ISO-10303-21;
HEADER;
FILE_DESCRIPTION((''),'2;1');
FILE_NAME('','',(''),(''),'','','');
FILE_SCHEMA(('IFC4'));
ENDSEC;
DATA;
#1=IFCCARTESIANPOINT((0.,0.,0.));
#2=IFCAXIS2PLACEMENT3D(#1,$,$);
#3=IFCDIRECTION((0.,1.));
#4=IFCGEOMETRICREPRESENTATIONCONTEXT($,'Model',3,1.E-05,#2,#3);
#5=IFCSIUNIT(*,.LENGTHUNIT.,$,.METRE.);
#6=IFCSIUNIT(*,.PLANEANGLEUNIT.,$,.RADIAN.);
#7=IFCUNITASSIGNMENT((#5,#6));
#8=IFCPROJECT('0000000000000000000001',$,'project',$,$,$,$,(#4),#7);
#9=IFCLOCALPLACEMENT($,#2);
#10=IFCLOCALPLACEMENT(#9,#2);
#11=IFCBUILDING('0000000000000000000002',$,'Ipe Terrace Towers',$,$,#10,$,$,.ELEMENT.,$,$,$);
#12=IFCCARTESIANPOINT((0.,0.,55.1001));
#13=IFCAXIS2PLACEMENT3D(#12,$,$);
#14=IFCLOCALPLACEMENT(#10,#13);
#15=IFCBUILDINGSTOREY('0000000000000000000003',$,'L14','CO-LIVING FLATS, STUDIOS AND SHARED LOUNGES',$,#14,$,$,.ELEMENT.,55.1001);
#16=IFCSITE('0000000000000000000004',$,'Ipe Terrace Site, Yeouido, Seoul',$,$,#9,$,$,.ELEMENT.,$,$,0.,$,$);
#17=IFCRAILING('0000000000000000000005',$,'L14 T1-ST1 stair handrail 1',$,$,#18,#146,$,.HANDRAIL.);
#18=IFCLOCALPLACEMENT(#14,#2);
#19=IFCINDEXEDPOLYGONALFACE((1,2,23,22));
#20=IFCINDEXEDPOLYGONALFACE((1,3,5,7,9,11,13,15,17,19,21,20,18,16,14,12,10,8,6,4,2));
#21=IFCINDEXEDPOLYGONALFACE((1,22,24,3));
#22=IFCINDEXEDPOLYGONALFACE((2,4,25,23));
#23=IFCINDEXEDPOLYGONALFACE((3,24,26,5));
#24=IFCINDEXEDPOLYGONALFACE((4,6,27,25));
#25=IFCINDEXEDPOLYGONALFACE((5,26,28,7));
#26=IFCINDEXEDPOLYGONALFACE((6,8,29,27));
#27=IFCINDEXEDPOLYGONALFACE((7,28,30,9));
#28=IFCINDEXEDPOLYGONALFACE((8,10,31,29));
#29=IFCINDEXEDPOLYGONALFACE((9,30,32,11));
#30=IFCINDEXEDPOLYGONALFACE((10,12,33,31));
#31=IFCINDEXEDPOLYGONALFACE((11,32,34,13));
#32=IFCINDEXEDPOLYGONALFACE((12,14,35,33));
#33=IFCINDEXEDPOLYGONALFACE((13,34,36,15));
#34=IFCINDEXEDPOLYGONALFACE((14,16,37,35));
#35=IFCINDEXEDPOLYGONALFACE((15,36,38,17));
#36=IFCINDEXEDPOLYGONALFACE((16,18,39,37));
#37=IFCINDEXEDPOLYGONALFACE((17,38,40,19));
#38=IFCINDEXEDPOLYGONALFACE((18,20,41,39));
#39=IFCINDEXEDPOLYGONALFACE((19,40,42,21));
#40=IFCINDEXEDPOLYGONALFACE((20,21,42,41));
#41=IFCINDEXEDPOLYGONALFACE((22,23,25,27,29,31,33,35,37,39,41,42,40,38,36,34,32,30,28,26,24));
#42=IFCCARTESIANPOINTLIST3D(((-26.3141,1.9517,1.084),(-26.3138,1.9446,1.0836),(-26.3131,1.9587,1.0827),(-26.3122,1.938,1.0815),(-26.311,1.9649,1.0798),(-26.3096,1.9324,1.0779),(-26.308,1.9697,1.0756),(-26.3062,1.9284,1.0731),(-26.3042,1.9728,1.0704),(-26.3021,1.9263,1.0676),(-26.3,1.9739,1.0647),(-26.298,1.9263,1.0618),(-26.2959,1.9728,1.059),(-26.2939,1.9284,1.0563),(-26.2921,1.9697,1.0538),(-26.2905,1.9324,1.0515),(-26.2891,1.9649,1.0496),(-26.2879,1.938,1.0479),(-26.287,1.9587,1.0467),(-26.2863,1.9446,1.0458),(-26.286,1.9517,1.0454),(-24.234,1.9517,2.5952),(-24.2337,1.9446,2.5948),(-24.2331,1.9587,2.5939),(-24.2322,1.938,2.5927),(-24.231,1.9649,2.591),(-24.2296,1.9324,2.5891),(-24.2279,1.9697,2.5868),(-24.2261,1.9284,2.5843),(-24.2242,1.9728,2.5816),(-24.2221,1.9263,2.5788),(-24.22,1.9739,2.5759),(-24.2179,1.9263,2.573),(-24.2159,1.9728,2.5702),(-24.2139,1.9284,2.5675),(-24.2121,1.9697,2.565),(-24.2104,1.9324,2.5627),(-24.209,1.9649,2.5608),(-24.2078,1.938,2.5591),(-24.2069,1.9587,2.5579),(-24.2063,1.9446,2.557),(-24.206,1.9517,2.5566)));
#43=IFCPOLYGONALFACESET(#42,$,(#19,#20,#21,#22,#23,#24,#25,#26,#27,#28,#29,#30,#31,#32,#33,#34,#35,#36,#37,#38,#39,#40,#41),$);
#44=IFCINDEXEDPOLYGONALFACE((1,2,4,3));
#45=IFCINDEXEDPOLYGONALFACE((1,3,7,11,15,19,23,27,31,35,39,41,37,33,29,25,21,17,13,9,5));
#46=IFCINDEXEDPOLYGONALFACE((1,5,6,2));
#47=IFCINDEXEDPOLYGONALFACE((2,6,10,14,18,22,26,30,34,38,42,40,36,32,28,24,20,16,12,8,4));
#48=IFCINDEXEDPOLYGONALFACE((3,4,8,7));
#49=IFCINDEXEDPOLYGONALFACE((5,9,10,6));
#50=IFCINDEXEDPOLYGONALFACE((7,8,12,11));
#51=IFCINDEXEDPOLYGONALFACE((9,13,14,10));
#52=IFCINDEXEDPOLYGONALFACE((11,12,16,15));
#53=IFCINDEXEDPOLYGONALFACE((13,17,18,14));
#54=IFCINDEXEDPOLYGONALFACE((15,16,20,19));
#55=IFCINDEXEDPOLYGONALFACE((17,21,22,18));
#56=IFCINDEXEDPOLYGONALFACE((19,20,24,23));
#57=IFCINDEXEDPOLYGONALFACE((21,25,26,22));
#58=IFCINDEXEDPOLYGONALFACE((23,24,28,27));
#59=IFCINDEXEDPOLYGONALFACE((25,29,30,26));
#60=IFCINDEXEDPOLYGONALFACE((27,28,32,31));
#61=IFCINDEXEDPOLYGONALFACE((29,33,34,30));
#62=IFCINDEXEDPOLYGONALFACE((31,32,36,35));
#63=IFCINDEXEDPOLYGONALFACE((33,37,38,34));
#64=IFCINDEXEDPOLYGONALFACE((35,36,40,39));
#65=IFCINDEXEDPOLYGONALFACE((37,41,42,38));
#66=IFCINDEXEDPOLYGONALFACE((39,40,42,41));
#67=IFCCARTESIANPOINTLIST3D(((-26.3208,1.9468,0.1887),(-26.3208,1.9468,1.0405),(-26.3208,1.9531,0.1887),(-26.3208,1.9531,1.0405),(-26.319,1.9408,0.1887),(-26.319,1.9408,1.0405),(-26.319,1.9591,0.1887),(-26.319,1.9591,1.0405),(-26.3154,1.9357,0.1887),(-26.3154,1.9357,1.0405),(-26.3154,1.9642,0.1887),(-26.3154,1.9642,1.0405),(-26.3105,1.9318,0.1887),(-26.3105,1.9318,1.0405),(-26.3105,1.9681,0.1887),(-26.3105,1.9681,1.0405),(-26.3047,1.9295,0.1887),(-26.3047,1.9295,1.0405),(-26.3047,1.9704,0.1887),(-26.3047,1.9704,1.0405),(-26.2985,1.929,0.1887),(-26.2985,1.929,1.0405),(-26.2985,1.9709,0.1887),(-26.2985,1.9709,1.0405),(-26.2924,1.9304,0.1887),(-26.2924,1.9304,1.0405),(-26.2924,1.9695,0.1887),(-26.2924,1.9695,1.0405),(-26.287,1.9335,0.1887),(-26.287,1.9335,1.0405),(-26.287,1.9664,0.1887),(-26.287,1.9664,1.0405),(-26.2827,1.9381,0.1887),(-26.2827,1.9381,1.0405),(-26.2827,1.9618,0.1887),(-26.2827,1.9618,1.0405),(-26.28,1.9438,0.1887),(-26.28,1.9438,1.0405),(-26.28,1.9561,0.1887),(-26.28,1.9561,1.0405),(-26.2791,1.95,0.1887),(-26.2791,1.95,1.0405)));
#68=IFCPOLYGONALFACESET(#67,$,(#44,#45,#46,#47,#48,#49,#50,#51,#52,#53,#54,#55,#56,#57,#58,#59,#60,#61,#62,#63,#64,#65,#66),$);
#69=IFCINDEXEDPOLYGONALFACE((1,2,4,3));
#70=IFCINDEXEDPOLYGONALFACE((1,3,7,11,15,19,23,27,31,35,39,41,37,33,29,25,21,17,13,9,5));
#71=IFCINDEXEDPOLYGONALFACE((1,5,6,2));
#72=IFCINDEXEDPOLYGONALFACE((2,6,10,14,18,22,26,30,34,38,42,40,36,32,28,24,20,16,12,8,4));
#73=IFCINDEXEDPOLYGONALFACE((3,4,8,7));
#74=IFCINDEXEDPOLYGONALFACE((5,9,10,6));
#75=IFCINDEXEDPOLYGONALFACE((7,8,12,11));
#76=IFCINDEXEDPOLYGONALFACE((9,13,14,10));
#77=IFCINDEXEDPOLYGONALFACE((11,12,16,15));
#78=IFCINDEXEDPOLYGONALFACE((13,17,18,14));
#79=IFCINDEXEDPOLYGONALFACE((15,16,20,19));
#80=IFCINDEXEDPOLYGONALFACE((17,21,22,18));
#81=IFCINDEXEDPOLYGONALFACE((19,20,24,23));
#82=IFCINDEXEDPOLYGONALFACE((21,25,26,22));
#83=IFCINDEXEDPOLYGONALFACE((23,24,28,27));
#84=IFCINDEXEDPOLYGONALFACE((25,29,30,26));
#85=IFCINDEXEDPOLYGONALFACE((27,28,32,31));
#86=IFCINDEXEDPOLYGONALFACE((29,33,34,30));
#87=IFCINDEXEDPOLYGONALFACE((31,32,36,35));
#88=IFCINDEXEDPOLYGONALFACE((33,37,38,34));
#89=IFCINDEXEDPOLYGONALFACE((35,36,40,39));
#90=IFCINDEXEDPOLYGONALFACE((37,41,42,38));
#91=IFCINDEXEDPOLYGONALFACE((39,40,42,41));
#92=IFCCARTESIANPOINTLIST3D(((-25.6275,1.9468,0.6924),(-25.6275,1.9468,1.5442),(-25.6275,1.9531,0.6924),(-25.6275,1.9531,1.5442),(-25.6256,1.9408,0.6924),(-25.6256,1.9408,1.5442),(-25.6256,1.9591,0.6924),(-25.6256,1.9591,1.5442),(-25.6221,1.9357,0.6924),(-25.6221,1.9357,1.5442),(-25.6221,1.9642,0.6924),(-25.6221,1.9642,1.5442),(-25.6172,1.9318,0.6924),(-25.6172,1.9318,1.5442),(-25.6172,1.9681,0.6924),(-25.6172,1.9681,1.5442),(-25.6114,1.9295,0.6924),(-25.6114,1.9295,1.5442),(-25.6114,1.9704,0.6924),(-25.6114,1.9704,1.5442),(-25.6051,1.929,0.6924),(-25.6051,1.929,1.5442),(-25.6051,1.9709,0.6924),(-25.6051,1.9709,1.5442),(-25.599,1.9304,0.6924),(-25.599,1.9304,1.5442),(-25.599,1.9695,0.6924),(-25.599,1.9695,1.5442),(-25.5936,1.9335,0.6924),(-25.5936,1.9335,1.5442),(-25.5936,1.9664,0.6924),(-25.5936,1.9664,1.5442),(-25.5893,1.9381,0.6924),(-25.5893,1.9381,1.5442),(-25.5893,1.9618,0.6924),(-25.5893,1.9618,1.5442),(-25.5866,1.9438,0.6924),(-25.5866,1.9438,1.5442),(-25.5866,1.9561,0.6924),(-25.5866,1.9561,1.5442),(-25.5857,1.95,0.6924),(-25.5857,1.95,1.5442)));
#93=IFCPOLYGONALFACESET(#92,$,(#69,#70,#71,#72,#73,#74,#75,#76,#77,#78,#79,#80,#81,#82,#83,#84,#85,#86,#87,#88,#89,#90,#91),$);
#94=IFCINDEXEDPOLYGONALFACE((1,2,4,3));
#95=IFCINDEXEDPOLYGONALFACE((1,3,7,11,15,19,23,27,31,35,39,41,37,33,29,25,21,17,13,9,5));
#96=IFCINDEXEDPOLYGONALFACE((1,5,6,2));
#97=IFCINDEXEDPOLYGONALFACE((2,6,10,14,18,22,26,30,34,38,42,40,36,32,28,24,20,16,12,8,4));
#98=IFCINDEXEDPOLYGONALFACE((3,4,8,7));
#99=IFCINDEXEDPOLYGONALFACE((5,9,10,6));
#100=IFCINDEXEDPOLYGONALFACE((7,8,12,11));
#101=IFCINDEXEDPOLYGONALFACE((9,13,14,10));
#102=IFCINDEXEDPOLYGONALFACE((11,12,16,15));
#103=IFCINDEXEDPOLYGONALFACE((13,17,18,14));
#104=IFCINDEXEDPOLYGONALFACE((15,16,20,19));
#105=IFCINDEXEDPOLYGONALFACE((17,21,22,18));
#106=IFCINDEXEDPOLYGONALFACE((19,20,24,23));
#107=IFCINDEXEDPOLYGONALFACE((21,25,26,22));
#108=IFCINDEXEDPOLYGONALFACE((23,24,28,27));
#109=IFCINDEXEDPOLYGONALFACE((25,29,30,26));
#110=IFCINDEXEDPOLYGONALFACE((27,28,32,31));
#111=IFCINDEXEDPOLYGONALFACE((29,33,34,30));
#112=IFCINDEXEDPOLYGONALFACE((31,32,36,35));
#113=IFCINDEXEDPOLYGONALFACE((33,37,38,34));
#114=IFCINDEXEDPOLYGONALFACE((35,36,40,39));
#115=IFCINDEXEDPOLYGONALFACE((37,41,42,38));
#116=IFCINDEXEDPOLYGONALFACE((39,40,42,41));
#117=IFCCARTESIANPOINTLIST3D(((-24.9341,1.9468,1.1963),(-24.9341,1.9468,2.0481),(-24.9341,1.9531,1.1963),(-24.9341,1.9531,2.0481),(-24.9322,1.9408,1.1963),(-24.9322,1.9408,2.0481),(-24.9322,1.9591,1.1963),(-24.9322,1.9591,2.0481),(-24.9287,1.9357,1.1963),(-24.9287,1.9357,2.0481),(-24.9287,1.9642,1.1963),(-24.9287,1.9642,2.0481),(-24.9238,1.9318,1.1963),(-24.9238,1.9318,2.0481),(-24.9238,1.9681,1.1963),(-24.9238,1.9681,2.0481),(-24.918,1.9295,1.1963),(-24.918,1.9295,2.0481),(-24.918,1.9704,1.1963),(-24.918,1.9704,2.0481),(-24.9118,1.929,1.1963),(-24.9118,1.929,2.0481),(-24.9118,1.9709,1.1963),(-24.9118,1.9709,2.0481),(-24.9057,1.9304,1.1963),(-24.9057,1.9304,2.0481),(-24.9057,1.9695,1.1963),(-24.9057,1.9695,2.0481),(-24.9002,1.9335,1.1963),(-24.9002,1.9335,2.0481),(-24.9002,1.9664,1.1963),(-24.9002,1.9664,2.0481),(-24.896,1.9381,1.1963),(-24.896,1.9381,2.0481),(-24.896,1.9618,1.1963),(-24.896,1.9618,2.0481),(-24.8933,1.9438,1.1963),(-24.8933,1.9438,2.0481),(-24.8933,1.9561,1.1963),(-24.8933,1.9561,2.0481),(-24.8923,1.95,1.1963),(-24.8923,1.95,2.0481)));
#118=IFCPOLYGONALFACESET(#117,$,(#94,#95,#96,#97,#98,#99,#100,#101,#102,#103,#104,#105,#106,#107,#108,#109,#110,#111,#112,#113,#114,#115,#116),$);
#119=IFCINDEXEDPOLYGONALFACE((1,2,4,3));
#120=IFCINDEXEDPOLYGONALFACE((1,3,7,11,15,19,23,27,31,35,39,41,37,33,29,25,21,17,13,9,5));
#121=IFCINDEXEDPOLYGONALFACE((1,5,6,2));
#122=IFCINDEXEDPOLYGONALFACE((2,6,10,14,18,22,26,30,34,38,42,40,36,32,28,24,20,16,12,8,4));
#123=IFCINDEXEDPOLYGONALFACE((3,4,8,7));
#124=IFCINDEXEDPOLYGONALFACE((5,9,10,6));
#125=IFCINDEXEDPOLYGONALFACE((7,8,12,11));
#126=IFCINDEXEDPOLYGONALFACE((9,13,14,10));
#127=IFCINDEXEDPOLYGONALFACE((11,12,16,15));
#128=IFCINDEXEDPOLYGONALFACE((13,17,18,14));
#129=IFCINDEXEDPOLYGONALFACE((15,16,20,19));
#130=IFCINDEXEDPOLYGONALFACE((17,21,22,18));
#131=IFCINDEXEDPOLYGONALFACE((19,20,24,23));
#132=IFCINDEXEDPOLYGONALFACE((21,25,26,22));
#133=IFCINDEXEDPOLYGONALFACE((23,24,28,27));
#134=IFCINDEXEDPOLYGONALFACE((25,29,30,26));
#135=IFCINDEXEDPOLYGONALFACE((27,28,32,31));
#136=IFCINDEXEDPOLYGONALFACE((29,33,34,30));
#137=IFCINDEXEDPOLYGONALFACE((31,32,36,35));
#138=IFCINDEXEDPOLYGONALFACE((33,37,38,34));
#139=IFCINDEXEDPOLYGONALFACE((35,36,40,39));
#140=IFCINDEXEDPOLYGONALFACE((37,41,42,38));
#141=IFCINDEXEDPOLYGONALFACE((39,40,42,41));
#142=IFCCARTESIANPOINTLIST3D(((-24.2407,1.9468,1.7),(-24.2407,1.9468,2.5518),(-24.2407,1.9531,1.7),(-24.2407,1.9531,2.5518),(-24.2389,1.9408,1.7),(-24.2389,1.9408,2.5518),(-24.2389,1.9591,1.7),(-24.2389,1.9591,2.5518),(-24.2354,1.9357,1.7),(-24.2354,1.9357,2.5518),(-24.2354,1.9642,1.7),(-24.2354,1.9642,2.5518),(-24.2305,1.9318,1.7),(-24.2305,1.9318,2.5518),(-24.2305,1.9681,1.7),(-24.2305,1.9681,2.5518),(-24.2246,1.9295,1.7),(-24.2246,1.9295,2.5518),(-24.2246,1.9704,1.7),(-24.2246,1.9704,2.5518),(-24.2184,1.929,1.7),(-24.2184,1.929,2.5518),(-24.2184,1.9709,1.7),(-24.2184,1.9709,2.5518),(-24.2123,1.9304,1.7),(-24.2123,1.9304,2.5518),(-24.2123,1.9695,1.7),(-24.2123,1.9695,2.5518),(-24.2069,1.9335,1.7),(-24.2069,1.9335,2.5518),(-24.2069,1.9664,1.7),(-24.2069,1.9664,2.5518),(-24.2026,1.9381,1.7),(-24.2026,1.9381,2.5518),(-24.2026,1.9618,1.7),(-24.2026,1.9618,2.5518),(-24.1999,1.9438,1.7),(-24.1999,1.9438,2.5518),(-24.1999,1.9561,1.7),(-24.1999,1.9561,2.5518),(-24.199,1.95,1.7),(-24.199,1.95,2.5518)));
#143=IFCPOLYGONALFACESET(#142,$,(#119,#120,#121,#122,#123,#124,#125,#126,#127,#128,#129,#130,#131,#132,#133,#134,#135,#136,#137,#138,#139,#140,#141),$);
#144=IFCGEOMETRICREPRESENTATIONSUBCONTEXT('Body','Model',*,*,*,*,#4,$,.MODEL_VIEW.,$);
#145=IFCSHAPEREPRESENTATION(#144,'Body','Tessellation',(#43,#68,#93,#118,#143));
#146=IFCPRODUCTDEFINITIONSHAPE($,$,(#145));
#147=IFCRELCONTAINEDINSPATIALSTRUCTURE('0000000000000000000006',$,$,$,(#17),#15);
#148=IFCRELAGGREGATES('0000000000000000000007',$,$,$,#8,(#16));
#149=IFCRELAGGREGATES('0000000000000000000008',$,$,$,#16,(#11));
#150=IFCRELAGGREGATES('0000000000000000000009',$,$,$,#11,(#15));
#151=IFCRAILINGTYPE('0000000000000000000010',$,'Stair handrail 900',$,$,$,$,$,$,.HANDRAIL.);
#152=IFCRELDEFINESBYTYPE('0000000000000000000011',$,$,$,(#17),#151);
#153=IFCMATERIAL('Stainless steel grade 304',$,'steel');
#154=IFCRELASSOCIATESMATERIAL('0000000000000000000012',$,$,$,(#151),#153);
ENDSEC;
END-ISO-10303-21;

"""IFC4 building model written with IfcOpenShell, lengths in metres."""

from ifc_helpers import new_model, si_unit, direction, frame, origin, origin_2d, place, context, subcontext, project, spatial, circle, extrude, material, type_object, element, save


model = new_model("IFC4")

# Units and contexts
model_context = context("Model", 3, precision=1e-05, world=origin(), true_north=direction((0.0, 1.0)))
body_context = subcontext(model_context, "Body", "Model", "MODEL_VIEW")
ifc_project = project(units=[si_unit("LENGTHUNIT", "METRE"), si_unit("PLANEANGLEUNIT", "RADIAN")], contexts=[model_context])

# Site, building, storey
site_placement = place(None, origin())
site = spatial("IfcSite", under=ifc_project, at=site_placement, Name="Ipe Terrace Site, Yeouido, Seoul", CompositionType="ELEMENT", RefElevation=0.0)
building_placement = place(site_placement, origin())
building = spatial("IfcBuilding", under=site, at=building_placement, Name="Ipe Terrace Towers", CompositionType="ELEMENT")
storey_placement = place(building_placement, frame((0.0, 0.0, 55.1001)))
storey = spatial("IfcBuildingStorey", under=building, at=storey_placement, Name="L14", Description="CO-LIVING FLATS, STUDIOS AND SHARED LOUNGES", CompositionType="ELEMENT", Elevation=55.1001)

# Railing
ifc_material_1 = material(Name="Stainless steel grade 304", Category="steel")
railing_type_1 = type_object("IfcRailingType", Name="Stair handrail 900", PredefinedType="HANDRAIL", material=ifc_material_1)
railing_1_placement = place(storey_placement, frame((-26.3, 1.95, 0.1887)))
element("IfcRailing", 1, at=railing_1_placement, inside=storey, type_object=railing_type_1, Name="L14 T1-ST1 stair handrail 1", PredefinedType="HANDRAIL", context=body_context, shape_type="SweptSolid", body=[
    extrude(circle(Radius=0.0239, at=origin_2d()), frame((0.0, 0.0, 0.876), z_axis=(0.809023, 0.0, 0.587776), x_axis=(0.0, 1.0, 0.0)), (0.0, 0.0, 1.0), 2.571),
    extrude(circle(Radius=0.021, at=origin_2d()), origin(), (0.0, 0.0, 1.0), 0.8518),
    extrude(circle(Radius=0.021, at=origin_2d()), frame((0.6934, 0.0, 0.5037)), (0.0, 0.0, 1.0), 0.8518),
    extrude(circle(Radius=0.021, at=origin_2d()), frame((1.3867, 0.0, 1.0076)), (0.0, 0.0, 1.0), 0.8518),
    extrude(circle(Radius=0.021, at=origin_2d()), frame((2.0801, 0.0, 1.5112)), (0.0, 0.0, 1.0), 0.8518),
])

save(model, "model.ifc")
